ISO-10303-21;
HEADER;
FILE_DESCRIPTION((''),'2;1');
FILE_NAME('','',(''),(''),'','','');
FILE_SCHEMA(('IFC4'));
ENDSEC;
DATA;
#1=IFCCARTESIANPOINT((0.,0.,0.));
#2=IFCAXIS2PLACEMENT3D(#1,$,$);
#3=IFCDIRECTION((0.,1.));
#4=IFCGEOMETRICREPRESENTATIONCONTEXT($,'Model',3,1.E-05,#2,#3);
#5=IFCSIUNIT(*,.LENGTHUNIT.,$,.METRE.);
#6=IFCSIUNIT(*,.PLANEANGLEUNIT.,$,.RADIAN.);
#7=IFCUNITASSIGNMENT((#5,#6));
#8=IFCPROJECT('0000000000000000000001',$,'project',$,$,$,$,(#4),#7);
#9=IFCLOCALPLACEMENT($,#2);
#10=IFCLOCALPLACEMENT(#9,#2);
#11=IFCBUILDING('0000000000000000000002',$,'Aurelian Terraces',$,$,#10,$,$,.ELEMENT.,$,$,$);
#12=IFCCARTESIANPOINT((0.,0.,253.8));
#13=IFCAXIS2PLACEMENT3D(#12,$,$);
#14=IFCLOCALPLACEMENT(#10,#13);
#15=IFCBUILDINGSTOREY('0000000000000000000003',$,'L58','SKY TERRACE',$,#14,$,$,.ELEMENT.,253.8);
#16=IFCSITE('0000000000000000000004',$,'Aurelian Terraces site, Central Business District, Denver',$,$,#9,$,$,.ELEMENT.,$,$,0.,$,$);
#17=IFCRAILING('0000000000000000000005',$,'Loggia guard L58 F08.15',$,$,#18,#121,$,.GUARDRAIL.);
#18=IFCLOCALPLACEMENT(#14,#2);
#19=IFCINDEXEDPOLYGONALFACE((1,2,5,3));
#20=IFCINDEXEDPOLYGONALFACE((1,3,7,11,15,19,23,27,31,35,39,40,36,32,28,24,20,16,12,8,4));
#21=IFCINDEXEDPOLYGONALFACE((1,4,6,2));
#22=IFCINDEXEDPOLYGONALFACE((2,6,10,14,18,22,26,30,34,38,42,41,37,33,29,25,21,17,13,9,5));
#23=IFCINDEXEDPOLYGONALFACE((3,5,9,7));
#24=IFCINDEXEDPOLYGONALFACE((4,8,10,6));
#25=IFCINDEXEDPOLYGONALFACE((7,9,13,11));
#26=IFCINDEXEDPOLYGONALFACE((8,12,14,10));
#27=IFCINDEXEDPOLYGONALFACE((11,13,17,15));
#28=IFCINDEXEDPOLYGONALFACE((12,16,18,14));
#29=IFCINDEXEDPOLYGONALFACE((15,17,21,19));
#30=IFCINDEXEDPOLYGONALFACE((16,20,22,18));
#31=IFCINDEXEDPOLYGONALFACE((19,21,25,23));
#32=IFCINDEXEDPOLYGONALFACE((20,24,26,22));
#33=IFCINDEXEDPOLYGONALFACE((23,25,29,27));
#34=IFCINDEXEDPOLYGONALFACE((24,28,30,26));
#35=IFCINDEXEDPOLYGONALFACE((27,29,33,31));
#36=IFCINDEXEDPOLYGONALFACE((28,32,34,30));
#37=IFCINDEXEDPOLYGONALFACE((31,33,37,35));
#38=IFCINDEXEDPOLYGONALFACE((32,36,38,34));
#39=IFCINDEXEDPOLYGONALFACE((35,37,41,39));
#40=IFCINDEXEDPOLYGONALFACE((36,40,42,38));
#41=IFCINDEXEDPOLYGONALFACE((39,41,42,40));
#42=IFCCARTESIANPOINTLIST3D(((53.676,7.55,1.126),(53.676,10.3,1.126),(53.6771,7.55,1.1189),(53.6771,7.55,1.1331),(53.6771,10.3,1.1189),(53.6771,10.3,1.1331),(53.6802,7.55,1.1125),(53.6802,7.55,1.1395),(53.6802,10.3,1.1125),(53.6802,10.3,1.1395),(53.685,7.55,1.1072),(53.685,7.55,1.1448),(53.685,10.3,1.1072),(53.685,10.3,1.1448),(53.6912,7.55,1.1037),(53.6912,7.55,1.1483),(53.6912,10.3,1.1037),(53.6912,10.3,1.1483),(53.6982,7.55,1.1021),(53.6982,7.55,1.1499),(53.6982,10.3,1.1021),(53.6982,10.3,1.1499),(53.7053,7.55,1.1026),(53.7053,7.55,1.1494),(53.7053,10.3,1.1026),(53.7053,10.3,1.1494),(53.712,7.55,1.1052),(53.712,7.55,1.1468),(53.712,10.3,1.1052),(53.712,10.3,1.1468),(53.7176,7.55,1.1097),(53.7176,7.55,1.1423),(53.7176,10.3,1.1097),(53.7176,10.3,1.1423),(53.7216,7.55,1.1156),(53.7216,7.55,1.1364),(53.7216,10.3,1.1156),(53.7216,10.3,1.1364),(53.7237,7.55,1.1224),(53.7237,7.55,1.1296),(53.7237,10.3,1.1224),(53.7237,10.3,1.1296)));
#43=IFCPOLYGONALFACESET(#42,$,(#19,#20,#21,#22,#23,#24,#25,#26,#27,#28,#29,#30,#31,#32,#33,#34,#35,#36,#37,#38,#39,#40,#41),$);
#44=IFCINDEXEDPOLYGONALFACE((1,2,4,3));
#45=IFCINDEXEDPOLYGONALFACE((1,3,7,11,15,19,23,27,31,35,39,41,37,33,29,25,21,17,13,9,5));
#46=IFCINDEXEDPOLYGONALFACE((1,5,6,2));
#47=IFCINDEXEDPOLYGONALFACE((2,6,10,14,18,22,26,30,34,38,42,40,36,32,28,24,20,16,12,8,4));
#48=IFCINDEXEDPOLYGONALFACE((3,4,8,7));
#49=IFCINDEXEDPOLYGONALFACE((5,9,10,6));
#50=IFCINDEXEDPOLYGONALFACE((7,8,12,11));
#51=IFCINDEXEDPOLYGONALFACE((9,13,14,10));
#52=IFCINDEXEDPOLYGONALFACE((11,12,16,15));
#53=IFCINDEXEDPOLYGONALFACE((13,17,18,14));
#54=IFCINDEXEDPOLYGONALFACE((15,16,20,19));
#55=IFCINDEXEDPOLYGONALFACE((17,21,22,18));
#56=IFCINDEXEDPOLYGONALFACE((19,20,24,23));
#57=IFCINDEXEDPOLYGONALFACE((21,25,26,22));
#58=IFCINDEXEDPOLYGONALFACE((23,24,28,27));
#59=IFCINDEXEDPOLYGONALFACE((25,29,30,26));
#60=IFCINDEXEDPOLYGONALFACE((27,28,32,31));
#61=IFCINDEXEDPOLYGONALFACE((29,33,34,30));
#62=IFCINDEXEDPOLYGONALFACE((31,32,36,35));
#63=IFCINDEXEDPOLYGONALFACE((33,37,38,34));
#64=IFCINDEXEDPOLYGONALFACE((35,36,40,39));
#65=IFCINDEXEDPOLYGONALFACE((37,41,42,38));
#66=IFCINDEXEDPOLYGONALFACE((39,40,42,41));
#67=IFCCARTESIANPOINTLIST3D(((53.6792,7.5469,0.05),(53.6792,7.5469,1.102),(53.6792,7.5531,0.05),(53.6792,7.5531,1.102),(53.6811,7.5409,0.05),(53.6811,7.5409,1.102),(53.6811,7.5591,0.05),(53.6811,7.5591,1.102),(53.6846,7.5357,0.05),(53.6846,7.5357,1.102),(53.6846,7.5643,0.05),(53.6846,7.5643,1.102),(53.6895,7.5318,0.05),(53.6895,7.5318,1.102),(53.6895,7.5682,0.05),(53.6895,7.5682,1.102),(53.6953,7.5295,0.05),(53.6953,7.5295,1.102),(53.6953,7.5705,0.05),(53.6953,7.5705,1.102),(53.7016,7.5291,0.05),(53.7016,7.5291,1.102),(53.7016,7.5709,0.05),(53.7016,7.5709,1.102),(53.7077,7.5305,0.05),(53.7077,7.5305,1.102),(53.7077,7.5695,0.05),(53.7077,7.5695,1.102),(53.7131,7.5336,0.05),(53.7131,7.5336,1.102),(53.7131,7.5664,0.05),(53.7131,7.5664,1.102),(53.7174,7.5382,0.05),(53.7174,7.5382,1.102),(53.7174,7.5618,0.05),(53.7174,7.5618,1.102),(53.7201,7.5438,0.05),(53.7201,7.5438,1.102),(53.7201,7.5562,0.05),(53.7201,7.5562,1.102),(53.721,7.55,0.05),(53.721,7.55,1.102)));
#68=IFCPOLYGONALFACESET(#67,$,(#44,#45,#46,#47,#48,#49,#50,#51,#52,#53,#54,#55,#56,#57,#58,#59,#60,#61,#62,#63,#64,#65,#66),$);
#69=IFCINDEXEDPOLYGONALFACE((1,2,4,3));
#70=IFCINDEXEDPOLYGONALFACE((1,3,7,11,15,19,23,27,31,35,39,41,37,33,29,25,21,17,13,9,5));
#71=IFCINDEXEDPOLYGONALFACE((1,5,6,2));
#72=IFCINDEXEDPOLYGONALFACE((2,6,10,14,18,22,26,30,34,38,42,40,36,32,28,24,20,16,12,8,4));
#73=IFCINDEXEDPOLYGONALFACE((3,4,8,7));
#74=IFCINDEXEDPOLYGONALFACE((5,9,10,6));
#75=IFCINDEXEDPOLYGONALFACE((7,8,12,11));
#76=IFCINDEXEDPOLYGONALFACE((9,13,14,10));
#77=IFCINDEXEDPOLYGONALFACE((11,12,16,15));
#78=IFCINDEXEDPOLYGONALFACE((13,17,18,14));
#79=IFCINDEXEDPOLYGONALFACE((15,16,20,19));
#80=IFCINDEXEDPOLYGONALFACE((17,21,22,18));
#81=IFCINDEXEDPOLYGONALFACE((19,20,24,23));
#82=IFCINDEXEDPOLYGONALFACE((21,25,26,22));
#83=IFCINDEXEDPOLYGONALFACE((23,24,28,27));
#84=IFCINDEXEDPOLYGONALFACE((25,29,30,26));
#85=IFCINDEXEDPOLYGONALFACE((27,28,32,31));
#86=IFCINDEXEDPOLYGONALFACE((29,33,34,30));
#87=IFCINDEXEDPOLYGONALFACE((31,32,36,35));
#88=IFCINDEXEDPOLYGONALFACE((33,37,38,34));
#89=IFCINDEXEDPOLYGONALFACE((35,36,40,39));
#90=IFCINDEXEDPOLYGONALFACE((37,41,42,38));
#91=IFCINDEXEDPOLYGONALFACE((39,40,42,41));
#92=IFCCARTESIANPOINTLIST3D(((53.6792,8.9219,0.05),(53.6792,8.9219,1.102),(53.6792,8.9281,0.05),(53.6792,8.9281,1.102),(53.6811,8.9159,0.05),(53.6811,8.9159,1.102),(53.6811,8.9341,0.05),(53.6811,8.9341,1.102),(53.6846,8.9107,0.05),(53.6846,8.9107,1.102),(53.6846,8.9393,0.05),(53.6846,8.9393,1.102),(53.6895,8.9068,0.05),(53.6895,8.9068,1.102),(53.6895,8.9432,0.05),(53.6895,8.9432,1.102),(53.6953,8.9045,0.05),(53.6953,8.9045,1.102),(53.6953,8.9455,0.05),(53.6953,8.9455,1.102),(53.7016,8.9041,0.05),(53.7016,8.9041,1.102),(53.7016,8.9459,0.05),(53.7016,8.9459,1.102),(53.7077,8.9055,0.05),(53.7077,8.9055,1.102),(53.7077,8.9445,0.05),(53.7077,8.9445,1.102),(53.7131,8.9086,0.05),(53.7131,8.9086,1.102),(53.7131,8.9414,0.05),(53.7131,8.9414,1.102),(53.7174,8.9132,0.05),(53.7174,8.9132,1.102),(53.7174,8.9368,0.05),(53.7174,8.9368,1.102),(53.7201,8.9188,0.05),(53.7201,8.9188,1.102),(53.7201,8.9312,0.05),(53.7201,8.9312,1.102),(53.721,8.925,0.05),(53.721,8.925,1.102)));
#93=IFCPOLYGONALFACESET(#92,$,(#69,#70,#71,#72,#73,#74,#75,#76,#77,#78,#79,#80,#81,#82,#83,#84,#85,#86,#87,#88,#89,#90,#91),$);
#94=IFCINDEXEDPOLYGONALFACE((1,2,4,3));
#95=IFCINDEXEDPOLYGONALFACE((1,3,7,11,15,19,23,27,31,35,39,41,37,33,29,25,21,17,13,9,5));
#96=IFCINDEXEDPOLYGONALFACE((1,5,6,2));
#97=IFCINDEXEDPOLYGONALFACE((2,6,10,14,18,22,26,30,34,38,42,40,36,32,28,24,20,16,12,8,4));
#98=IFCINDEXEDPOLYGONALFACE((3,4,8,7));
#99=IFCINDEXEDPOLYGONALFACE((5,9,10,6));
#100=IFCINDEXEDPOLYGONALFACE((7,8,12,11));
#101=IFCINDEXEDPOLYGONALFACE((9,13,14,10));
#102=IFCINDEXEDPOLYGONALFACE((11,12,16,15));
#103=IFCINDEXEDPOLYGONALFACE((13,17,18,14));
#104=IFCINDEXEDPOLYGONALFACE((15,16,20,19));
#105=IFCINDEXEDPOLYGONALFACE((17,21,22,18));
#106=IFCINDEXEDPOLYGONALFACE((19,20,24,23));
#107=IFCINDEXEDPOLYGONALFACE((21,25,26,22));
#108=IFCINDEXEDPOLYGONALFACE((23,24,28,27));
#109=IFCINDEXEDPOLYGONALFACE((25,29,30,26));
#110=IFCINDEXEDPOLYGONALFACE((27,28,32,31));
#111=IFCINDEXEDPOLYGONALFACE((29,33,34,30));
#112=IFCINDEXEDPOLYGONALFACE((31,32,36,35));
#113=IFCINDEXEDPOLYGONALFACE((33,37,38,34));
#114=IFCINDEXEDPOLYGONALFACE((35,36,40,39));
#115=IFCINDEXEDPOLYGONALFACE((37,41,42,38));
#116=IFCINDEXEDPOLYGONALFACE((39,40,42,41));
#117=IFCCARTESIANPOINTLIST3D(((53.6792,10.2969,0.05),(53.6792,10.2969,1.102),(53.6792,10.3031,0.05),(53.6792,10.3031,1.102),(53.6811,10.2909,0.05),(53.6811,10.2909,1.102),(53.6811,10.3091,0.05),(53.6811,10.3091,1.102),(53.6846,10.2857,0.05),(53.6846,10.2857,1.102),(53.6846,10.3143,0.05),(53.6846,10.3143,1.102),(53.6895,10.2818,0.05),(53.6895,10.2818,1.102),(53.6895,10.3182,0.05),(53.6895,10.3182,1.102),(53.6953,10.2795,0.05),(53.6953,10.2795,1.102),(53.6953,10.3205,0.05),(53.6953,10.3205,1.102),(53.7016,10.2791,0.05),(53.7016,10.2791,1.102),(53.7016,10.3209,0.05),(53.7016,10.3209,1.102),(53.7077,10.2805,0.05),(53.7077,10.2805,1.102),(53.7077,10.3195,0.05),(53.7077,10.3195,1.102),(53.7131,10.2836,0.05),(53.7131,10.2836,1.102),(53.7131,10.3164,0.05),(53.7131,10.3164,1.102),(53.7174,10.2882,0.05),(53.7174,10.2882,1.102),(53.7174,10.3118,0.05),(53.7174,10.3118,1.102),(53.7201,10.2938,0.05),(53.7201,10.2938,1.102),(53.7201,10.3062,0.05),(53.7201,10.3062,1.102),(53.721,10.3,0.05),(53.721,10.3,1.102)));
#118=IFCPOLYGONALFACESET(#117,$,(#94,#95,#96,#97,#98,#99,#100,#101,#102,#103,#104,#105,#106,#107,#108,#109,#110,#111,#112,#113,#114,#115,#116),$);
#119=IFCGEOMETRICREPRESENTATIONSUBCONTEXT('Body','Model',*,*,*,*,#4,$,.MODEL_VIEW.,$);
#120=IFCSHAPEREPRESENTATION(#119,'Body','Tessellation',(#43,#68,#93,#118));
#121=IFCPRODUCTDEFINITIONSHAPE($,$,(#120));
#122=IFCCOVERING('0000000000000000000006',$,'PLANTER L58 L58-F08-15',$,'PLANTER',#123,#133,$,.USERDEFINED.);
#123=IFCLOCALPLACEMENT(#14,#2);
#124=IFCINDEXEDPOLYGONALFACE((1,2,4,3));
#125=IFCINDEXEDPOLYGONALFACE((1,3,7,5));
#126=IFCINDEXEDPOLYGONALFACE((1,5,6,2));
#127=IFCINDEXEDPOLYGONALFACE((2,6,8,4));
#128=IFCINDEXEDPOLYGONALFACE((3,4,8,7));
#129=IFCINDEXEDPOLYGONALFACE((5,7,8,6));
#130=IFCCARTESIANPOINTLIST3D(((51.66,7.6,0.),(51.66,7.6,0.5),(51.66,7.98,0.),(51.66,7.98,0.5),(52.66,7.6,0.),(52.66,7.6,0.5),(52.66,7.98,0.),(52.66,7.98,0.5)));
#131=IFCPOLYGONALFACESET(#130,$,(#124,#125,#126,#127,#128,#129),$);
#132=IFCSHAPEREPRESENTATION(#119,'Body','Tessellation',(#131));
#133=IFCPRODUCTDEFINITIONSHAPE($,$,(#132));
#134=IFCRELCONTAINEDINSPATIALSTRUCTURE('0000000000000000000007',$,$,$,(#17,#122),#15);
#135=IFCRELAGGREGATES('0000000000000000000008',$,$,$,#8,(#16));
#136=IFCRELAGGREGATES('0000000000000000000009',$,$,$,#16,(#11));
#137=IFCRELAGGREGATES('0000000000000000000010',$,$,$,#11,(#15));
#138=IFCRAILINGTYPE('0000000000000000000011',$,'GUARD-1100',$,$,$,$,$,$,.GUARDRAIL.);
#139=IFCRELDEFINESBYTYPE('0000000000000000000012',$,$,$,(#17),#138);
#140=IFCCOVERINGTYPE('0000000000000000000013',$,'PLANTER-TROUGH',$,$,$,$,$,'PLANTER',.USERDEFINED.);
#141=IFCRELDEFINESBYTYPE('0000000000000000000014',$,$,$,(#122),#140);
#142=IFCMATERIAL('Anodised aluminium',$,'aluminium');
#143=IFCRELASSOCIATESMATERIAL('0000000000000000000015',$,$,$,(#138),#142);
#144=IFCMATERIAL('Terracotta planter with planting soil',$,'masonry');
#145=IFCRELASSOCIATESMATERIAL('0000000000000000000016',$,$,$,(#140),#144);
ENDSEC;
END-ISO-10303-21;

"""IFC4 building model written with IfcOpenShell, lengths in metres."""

from ifc_helpers import new_model, si_unit, direction, frame, origin, origin_2d, place, context, subcontext, project, spatial, rectangle, circle, extrude, source, transform, mapped, material, type_object, element, save


model = new_model("IFC4")

# Units and contexts
model_context = context("Model", 3, precision=1e-05, world=origin(), true_north=direction((0.0, 1.0)))
body_context = subcontext(model_context, "Body", "Model", "MODEL_VIEW")
ifc_project = project(units=[si_unit("LENGTHUNIT", "METRE"), si_unit("PLANEANGLEUNIT", "RADIAN")], contexts=[model_context])

# Site, building, storey
site_placement = place(None, origin())
site = spatial("IfcSite", under=ifc_project, at=site_placement, Name="Aurelian Terraces site, Central Business District, Denver", CompositionType="ELEMENT", RefElevation=0.0)
building_placement = place(site_placement, origin())
building = spatial("IfcBuilding", under=site, at=building_placement, Name="Aurelian Terraces", CompositionType="ELEMENT")
storey_placement = place(building_placement, frame((0.0, 0.0, 253.8)))
storey = spatial("IfcBuildingStorey", under=building, at=storey_placement, Name="L58", Description="SKY TERRACE", CompositionType="ELEMENT", Elevation=253.8)

# Railing
ifc_material_1 = material(Name="Anodised aluminium", Category="aluminium")
railing_type = type_object("IfcRailingType", Name="GUARD-1100", PredefinedType="GUARDRAIL", material=ifc_material_1)
shared_shape_1 = source(origin(), body_context, "Body", "SweptSolid", [
    extrude(circle(Radius=0.024, at=origin_2d()), frame((0.0, 0.0, 1.076), z_axis=(0.0, 1.0, 0.0), x_axis=(-1.0, 0.0, 0.0)), (0.0, 0.0, 1.0), 2.75),
    extrude(circle(Radius=0.021, at=origin_2d()), origin(), (0.0, 0.0, 1.0), 1.052),
    extrude(circle(Radius=0.021, at=origin_2d()), frame((0.0, 1.375, 0.0)), (0.0, 0.0, 1.0), 1.052),
    extrude(circle(Radius=0.021, at=origin_2d()), frame((0.0, 2.75, 0.0)), (0.0, 0.0, 1.0), 1.052),
])
railing_placement = place(storey_placement, frame((53.7, 7.55, 0.05)))
element("IfcRailing", 1, at=railing_placement, inside=storey, type_object=railing_type, Name="Loggia guard L58 F08.15", PredefinedType="GUARDRAIL", context=body_context, shape_type="MappedRepresentation", body=[
    mapped(shared_shape_1, transform((0.0, 0.0, 0.0), scale=1.0)),
])

# Covering
ifc_material_2 = material(Name="Terracotta planter with planting soil", Category="masonry")
covering_type = type_object("IfcCoveringType", Name="PLANTER-TROUGH", ElementType="PLANTER", PredefinedType="USERDEFINED", material=ifc_material_2)
shared_shape_2 = source(origin(), body_context, "Body", "SweptSolid", [
    extrude(rectangle(XDim=1.0, YDim=0.38, at=origin_2d()), origin(), (0.0, 0.0, 1.0), 0.5),
])
covering_placement = place(storey_placement, frame((52.16, 7.79, 0.0), z_axis=(0.0, 0.0, 1.0), x_axis=(1.0, 0.0, 0.0)))
element("IfcCovering", 2, at=covering_placement, inside=storey, type_object=covering_type, Name="PLANTER L58 L58-F08-15", ObjectType="PLANTER", PredefinedType="USERDEFINED", context=body_context, shape_type="MappedRepresentation", body=[
    mapped(shared_shape_2, transform((0.0, 0.0, 0.0), scale=1.0)),
])

save(model, "model.ifc")
